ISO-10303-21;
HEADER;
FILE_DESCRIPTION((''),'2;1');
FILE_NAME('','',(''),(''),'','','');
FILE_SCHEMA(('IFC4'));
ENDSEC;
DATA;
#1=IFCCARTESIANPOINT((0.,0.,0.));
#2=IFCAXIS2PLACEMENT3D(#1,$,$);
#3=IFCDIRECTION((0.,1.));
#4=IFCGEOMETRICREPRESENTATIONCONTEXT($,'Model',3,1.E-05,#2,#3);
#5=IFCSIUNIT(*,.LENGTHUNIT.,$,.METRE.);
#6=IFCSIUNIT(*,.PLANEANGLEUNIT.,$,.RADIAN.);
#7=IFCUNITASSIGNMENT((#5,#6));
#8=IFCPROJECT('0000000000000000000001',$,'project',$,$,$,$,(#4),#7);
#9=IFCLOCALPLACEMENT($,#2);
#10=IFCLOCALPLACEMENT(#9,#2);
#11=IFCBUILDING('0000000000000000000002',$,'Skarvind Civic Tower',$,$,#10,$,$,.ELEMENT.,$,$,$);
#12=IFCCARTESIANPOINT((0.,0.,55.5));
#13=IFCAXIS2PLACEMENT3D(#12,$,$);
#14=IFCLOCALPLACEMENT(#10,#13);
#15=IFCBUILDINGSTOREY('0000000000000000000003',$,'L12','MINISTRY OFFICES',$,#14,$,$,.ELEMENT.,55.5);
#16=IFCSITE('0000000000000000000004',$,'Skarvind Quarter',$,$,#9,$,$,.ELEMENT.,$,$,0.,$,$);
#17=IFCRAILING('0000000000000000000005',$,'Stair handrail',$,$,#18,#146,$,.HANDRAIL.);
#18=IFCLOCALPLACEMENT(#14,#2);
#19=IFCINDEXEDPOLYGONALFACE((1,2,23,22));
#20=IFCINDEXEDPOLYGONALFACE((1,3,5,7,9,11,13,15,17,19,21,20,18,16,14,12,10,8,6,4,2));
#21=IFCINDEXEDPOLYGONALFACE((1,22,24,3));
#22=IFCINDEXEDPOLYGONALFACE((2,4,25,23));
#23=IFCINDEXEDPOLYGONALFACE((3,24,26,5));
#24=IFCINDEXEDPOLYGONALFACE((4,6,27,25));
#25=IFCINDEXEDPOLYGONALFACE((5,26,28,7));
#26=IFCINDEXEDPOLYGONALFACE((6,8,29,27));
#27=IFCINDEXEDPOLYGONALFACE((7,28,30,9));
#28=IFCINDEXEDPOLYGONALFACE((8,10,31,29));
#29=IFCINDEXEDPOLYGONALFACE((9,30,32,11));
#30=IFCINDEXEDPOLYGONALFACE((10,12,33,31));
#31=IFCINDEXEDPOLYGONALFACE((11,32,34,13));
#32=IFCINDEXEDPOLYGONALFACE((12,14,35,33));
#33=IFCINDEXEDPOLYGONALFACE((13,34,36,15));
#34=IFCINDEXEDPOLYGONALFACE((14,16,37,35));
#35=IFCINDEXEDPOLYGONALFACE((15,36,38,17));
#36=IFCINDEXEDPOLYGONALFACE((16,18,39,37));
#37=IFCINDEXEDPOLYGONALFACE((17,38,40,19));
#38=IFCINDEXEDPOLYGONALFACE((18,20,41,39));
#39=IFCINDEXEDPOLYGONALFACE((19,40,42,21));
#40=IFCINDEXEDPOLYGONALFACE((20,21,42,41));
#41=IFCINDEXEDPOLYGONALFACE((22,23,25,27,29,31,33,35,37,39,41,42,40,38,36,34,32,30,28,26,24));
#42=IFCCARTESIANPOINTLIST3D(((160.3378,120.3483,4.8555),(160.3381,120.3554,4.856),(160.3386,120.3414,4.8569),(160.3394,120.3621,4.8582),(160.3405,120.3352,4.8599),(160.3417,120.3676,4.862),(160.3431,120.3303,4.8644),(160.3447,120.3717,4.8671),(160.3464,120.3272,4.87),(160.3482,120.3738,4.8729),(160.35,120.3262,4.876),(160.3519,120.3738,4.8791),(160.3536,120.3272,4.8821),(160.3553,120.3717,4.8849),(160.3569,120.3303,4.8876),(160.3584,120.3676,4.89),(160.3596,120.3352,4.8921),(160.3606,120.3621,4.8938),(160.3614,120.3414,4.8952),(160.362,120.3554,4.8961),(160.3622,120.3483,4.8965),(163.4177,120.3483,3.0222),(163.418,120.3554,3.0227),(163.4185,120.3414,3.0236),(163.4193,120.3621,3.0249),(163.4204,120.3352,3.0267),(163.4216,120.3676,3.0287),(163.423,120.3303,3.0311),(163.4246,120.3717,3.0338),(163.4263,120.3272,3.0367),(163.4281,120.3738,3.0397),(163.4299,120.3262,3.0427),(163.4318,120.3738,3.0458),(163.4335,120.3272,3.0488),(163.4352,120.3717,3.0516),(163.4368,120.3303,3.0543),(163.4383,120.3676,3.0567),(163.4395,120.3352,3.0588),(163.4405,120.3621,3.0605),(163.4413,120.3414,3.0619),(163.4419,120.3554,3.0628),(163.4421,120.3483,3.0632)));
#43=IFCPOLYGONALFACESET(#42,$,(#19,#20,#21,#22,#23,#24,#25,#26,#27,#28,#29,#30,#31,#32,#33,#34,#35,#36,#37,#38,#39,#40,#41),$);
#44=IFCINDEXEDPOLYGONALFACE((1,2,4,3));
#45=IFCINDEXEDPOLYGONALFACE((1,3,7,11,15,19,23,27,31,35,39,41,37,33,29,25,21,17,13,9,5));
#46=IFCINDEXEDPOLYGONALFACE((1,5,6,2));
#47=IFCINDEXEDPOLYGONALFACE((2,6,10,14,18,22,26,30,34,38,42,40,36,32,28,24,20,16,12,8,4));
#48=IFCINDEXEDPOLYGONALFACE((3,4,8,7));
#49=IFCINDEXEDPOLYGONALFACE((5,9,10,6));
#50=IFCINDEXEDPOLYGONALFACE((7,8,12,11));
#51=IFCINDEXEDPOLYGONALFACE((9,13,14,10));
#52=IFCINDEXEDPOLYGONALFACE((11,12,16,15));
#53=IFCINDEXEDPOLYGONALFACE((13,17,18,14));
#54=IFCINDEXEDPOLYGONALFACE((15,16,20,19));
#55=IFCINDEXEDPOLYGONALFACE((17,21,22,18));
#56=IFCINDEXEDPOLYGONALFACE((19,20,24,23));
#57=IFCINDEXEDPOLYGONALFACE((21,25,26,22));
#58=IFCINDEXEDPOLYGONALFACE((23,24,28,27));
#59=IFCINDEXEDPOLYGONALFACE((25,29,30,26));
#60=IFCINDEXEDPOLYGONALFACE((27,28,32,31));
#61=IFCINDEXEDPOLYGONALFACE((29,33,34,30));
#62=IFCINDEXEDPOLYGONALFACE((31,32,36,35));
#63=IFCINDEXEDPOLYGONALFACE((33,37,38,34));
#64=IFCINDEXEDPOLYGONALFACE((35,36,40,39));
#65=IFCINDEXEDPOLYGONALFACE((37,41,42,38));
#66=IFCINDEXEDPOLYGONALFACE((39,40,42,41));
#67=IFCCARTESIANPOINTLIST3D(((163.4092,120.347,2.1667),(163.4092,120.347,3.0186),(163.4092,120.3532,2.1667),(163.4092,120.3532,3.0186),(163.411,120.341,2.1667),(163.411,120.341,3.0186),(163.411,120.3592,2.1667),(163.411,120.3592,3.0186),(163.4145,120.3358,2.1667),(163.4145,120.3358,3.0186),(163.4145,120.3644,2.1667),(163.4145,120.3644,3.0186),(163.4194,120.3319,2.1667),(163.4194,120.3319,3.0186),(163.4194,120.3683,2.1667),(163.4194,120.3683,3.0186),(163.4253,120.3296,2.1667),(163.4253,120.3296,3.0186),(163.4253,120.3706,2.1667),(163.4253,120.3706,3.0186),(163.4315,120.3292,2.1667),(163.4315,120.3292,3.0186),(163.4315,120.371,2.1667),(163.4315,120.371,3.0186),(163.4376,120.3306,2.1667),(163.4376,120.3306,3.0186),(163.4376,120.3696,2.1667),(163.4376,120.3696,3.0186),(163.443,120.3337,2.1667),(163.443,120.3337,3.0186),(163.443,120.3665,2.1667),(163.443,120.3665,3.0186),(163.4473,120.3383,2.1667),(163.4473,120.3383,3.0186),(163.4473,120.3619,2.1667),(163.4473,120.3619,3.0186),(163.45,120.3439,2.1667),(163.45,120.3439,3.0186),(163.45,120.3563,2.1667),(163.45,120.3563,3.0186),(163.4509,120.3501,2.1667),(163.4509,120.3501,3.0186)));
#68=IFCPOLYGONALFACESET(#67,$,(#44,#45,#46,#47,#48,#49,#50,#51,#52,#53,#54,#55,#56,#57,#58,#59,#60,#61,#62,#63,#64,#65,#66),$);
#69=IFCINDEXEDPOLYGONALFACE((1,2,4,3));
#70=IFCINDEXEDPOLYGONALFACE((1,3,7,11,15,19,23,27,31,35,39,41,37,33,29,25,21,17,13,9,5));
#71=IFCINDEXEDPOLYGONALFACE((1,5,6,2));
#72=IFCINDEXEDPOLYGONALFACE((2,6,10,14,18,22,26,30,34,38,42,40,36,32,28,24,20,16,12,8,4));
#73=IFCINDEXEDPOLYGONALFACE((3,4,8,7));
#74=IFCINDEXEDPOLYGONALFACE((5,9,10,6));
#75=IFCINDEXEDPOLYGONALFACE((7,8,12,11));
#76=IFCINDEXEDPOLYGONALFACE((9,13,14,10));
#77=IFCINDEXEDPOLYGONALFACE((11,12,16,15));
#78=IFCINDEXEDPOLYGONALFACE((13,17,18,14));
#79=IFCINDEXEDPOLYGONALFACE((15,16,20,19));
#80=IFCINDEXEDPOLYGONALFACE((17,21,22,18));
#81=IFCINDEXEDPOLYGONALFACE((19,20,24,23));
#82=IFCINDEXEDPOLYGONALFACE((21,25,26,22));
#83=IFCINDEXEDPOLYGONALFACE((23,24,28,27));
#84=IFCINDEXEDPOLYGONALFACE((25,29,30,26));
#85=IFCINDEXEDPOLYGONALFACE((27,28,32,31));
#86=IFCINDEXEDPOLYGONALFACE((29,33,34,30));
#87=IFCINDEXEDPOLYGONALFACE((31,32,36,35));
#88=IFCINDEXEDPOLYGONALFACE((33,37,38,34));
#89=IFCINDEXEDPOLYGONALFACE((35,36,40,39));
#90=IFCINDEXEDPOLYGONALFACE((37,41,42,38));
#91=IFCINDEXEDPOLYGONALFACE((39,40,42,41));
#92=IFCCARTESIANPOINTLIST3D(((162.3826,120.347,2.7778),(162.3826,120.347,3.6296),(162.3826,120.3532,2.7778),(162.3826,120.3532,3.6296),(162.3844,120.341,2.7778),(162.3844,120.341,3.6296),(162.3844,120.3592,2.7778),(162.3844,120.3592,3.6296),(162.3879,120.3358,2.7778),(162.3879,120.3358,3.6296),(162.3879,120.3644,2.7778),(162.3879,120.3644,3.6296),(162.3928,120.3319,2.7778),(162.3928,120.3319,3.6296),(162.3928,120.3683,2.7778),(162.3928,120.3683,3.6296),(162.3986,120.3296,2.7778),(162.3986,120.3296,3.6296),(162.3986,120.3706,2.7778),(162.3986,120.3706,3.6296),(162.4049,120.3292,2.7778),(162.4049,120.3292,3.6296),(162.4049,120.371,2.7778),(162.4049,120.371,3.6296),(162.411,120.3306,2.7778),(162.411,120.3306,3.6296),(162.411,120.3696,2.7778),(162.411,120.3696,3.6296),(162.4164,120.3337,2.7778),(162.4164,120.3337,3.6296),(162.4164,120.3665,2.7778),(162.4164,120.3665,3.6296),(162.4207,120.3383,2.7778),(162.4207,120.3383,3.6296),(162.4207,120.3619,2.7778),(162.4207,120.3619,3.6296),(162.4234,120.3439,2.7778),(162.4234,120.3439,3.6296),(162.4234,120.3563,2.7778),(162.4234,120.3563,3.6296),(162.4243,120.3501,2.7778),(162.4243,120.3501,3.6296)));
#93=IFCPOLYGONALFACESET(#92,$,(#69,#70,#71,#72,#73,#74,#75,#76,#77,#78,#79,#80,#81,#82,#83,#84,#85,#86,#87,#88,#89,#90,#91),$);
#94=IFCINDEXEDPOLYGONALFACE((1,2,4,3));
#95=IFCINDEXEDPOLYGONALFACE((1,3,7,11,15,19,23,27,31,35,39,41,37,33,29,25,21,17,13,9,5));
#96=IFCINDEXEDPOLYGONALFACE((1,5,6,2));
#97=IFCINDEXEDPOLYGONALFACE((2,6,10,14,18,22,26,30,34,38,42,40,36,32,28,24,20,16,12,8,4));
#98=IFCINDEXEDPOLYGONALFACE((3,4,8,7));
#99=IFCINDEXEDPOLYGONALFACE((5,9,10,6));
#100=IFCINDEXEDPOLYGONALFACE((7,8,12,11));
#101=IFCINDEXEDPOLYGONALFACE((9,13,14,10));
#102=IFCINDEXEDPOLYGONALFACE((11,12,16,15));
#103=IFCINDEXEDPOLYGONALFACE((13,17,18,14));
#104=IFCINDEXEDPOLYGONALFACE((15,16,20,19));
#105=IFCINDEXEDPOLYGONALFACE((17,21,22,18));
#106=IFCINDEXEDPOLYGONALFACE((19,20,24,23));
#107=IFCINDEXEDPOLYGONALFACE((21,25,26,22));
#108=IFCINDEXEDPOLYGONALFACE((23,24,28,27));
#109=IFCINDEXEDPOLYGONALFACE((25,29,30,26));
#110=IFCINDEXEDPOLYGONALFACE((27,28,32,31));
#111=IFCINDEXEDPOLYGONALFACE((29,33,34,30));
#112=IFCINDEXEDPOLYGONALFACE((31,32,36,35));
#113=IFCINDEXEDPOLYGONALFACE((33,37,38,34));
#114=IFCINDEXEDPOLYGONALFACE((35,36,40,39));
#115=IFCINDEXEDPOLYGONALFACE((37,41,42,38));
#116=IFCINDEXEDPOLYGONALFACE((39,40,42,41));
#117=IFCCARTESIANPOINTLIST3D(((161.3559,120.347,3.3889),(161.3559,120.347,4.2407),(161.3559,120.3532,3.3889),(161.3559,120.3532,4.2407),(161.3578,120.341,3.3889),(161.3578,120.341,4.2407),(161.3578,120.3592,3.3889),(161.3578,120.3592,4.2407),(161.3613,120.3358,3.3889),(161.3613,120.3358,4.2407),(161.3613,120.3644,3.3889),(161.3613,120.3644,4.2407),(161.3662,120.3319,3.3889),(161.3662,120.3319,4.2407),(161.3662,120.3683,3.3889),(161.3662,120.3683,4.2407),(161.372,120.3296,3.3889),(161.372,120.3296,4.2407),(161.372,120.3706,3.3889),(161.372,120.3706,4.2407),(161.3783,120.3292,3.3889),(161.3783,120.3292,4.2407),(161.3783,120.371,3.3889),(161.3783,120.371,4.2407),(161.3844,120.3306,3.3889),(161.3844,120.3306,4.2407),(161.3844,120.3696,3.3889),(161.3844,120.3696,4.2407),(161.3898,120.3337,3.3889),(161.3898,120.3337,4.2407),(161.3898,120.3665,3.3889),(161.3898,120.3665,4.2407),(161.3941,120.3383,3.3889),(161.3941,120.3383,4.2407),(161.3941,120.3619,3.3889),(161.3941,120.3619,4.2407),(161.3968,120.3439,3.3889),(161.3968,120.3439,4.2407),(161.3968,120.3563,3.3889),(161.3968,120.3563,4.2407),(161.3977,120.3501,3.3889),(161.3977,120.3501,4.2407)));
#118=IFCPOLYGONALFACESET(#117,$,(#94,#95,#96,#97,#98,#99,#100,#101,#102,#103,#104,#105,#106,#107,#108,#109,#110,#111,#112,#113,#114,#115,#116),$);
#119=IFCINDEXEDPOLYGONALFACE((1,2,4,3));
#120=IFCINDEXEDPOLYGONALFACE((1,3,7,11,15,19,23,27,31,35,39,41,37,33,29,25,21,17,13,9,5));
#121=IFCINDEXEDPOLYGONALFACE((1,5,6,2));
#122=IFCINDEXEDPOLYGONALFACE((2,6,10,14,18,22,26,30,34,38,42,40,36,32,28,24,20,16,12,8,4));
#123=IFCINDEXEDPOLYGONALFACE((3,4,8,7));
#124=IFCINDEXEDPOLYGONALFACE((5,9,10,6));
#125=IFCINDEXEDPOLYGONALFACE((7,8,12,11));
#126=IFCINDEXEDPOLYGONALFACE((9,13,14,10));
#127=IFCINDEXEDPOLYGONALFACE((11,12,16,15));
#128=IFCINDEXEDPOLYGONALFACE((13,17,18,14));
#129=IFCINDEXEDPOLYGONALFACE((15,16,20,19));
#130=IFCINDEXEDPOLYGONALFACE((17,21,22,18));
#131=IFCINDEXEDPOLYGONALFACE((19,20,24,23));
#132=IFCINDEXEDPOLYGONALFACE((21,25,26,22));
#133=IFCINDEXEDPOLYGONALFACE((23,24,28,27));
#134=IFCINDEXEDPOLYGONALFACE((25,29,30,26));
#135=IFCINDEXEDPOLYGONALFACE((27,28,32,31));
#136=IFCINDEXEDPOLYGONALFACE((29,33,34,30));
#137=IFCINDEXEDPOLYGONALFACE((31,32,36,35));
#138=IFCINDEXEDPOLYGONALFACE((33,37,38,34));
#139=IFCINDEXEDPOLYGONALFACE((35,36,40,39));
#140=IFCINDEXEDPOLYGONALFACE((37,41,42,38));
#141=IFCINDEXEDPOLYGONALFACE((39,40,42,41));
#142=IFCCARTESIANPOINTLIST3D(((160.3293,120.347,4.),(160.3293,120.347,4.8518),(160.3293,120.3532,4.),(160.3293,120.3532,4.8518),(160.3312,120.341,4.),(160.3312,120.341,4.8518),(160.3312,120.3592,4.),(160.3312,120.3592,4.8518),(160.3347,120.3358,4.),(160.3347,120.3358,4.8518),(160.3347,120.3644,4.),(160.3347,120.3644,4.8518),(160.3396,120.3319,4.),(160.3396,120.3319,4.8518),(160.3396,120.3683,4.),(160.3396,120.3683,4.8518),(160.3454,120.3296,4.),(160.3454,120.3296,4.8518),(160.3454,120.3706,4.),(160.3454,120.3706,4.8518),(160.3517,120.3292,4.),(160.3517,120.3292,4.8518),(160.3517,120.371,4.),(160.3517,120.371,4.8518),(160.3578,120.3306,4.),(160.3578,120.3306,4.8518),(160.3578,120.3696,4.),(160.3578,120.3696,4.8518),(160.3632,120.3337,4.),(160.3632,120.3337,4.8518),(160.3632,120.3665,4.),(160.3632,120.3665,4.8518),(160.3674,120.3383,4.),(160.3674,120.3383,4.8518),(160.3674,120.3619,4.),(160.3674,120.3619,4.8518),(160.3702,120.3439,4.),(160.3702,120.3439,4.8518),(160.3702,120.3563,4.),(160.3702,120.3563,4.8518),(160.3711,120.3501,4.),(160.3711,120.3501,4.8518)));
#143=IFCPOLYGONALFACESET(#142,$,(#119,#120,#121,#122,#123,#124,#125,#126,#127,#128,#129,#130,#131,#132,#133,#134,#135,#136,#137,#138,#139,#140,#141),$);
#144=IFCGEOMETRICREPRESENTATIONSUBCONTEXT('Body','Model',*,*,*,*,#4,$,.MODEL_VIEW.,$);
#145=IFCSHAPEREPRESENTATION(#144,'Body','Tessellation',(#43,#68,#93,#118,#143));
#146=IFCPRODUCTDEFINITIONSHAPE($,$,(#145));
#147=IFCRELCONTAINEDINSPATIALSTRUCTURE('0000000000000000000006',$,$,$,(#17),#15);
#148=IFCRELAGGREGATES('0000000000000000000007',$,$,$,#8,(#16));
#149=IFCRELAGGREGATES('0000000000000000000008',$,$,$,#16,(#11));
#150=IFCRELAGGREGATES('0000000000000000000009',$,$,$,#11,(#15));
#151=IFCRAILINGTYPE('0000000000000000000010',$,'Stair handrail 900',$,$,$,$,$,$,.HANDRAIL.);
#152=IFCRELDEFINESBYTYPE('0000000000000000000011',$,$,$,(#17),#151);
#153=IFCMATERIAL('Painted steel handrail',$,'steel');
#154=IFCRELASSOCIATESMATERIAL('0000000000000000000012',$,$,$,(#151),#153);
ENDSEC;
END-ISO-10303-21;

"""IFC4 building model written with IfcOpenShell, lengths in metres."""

from ifc_helpers import new_model, si_unit, direction, frame, origin, origin_2d, place, context, subcontext, project, spatial, circle, extrude, material, type_object, element, save


model = new_model("IFC4")

# Units and contexts
model_context = context("Model", 3, precision=1e-05, world=origin(), true_north=direction((0.0, 1.0)))
body_context = subcontext(model_context, "Body", "Model", "MODEL_VIEW")
ifc_project = project(units=[si_unit("LENGTHUNIT", "METRE"), si_unit("PLANEANGLEUNIT", "RADIAN")], contexts=[model_context])

# Site, building, storey
site_placement = place(None, origin())
site = spatial("IfcSite", under=ifc_project, at=site_placement, Name="Skarvind Quarter", CompositionType="ELEMENT", RefElevation=0.0)
building_placement = place(site_placement, origin())
building = spatial("IfcBuilding", under=site, at=building_placement, Name="Skarvind Civic Tower", CompositionType="ELEMENT")
storey_placement = place(building_placement, frame((0.0, 0.0, 55.5)))
storey = spatial("IfcBuildingStorey", under=building, at=storey_placement, Name="L12", Description="MINISTRY OFFICES", CompositionType="ELEMENT", Elevation=55.5)

# Railing
ifc_material_1 = material(Name="Painted steel handrail", Category="steel")
railing_type = type_object("IfcRailingType", Name="Stair handrail 900", PredefinedType="HANDRAIL", material=ifc_material_1)
railing_placement = place(storey_placement, frame((163.4299, 120.3501, 2.1667)))
element("IfcRailing", 1, at=railing_placement, inside=storey, type_object=railing_type, Name="Stair handrail", PredefinedType="HANDRAIL", context=body_context, shape_type="SweptSolid", body=[
    extrude(circle(Radius=0.0239, at=origin_2d()), frame((0.0, 0.0, 0.876), z_axis=(-0.859291, 0.0, 0.511487), x_axis=(0.0, -1.0, 0.0)), (0.0, 0.0, 1.0), 3.5842),
    extrude(circle(Radius=0.021, at=origin_2d()), origin(), (0.0, 0.0, 1.0), 0.8518),
    extrude(circle(Radius=0.021, at=origin_2d()), frame((-1.0266, 0.0, 0.6111)), (0.0, 0.0, 1.0), 0.8518),
    extrude(circle(Radius=0.021, at=origin_2d()), frame((-2.0532, 0.0, 1.2222)), (0.0, 0.0, 1.0), 0.8518),
    extrude(circle(Radius=0.021, at=origin_2d()), frame((-3.0798, 0.0, 1.8333)), (0.0, 0.0, 1.0), 0.8518),
])

save(model, "model.ifc")
